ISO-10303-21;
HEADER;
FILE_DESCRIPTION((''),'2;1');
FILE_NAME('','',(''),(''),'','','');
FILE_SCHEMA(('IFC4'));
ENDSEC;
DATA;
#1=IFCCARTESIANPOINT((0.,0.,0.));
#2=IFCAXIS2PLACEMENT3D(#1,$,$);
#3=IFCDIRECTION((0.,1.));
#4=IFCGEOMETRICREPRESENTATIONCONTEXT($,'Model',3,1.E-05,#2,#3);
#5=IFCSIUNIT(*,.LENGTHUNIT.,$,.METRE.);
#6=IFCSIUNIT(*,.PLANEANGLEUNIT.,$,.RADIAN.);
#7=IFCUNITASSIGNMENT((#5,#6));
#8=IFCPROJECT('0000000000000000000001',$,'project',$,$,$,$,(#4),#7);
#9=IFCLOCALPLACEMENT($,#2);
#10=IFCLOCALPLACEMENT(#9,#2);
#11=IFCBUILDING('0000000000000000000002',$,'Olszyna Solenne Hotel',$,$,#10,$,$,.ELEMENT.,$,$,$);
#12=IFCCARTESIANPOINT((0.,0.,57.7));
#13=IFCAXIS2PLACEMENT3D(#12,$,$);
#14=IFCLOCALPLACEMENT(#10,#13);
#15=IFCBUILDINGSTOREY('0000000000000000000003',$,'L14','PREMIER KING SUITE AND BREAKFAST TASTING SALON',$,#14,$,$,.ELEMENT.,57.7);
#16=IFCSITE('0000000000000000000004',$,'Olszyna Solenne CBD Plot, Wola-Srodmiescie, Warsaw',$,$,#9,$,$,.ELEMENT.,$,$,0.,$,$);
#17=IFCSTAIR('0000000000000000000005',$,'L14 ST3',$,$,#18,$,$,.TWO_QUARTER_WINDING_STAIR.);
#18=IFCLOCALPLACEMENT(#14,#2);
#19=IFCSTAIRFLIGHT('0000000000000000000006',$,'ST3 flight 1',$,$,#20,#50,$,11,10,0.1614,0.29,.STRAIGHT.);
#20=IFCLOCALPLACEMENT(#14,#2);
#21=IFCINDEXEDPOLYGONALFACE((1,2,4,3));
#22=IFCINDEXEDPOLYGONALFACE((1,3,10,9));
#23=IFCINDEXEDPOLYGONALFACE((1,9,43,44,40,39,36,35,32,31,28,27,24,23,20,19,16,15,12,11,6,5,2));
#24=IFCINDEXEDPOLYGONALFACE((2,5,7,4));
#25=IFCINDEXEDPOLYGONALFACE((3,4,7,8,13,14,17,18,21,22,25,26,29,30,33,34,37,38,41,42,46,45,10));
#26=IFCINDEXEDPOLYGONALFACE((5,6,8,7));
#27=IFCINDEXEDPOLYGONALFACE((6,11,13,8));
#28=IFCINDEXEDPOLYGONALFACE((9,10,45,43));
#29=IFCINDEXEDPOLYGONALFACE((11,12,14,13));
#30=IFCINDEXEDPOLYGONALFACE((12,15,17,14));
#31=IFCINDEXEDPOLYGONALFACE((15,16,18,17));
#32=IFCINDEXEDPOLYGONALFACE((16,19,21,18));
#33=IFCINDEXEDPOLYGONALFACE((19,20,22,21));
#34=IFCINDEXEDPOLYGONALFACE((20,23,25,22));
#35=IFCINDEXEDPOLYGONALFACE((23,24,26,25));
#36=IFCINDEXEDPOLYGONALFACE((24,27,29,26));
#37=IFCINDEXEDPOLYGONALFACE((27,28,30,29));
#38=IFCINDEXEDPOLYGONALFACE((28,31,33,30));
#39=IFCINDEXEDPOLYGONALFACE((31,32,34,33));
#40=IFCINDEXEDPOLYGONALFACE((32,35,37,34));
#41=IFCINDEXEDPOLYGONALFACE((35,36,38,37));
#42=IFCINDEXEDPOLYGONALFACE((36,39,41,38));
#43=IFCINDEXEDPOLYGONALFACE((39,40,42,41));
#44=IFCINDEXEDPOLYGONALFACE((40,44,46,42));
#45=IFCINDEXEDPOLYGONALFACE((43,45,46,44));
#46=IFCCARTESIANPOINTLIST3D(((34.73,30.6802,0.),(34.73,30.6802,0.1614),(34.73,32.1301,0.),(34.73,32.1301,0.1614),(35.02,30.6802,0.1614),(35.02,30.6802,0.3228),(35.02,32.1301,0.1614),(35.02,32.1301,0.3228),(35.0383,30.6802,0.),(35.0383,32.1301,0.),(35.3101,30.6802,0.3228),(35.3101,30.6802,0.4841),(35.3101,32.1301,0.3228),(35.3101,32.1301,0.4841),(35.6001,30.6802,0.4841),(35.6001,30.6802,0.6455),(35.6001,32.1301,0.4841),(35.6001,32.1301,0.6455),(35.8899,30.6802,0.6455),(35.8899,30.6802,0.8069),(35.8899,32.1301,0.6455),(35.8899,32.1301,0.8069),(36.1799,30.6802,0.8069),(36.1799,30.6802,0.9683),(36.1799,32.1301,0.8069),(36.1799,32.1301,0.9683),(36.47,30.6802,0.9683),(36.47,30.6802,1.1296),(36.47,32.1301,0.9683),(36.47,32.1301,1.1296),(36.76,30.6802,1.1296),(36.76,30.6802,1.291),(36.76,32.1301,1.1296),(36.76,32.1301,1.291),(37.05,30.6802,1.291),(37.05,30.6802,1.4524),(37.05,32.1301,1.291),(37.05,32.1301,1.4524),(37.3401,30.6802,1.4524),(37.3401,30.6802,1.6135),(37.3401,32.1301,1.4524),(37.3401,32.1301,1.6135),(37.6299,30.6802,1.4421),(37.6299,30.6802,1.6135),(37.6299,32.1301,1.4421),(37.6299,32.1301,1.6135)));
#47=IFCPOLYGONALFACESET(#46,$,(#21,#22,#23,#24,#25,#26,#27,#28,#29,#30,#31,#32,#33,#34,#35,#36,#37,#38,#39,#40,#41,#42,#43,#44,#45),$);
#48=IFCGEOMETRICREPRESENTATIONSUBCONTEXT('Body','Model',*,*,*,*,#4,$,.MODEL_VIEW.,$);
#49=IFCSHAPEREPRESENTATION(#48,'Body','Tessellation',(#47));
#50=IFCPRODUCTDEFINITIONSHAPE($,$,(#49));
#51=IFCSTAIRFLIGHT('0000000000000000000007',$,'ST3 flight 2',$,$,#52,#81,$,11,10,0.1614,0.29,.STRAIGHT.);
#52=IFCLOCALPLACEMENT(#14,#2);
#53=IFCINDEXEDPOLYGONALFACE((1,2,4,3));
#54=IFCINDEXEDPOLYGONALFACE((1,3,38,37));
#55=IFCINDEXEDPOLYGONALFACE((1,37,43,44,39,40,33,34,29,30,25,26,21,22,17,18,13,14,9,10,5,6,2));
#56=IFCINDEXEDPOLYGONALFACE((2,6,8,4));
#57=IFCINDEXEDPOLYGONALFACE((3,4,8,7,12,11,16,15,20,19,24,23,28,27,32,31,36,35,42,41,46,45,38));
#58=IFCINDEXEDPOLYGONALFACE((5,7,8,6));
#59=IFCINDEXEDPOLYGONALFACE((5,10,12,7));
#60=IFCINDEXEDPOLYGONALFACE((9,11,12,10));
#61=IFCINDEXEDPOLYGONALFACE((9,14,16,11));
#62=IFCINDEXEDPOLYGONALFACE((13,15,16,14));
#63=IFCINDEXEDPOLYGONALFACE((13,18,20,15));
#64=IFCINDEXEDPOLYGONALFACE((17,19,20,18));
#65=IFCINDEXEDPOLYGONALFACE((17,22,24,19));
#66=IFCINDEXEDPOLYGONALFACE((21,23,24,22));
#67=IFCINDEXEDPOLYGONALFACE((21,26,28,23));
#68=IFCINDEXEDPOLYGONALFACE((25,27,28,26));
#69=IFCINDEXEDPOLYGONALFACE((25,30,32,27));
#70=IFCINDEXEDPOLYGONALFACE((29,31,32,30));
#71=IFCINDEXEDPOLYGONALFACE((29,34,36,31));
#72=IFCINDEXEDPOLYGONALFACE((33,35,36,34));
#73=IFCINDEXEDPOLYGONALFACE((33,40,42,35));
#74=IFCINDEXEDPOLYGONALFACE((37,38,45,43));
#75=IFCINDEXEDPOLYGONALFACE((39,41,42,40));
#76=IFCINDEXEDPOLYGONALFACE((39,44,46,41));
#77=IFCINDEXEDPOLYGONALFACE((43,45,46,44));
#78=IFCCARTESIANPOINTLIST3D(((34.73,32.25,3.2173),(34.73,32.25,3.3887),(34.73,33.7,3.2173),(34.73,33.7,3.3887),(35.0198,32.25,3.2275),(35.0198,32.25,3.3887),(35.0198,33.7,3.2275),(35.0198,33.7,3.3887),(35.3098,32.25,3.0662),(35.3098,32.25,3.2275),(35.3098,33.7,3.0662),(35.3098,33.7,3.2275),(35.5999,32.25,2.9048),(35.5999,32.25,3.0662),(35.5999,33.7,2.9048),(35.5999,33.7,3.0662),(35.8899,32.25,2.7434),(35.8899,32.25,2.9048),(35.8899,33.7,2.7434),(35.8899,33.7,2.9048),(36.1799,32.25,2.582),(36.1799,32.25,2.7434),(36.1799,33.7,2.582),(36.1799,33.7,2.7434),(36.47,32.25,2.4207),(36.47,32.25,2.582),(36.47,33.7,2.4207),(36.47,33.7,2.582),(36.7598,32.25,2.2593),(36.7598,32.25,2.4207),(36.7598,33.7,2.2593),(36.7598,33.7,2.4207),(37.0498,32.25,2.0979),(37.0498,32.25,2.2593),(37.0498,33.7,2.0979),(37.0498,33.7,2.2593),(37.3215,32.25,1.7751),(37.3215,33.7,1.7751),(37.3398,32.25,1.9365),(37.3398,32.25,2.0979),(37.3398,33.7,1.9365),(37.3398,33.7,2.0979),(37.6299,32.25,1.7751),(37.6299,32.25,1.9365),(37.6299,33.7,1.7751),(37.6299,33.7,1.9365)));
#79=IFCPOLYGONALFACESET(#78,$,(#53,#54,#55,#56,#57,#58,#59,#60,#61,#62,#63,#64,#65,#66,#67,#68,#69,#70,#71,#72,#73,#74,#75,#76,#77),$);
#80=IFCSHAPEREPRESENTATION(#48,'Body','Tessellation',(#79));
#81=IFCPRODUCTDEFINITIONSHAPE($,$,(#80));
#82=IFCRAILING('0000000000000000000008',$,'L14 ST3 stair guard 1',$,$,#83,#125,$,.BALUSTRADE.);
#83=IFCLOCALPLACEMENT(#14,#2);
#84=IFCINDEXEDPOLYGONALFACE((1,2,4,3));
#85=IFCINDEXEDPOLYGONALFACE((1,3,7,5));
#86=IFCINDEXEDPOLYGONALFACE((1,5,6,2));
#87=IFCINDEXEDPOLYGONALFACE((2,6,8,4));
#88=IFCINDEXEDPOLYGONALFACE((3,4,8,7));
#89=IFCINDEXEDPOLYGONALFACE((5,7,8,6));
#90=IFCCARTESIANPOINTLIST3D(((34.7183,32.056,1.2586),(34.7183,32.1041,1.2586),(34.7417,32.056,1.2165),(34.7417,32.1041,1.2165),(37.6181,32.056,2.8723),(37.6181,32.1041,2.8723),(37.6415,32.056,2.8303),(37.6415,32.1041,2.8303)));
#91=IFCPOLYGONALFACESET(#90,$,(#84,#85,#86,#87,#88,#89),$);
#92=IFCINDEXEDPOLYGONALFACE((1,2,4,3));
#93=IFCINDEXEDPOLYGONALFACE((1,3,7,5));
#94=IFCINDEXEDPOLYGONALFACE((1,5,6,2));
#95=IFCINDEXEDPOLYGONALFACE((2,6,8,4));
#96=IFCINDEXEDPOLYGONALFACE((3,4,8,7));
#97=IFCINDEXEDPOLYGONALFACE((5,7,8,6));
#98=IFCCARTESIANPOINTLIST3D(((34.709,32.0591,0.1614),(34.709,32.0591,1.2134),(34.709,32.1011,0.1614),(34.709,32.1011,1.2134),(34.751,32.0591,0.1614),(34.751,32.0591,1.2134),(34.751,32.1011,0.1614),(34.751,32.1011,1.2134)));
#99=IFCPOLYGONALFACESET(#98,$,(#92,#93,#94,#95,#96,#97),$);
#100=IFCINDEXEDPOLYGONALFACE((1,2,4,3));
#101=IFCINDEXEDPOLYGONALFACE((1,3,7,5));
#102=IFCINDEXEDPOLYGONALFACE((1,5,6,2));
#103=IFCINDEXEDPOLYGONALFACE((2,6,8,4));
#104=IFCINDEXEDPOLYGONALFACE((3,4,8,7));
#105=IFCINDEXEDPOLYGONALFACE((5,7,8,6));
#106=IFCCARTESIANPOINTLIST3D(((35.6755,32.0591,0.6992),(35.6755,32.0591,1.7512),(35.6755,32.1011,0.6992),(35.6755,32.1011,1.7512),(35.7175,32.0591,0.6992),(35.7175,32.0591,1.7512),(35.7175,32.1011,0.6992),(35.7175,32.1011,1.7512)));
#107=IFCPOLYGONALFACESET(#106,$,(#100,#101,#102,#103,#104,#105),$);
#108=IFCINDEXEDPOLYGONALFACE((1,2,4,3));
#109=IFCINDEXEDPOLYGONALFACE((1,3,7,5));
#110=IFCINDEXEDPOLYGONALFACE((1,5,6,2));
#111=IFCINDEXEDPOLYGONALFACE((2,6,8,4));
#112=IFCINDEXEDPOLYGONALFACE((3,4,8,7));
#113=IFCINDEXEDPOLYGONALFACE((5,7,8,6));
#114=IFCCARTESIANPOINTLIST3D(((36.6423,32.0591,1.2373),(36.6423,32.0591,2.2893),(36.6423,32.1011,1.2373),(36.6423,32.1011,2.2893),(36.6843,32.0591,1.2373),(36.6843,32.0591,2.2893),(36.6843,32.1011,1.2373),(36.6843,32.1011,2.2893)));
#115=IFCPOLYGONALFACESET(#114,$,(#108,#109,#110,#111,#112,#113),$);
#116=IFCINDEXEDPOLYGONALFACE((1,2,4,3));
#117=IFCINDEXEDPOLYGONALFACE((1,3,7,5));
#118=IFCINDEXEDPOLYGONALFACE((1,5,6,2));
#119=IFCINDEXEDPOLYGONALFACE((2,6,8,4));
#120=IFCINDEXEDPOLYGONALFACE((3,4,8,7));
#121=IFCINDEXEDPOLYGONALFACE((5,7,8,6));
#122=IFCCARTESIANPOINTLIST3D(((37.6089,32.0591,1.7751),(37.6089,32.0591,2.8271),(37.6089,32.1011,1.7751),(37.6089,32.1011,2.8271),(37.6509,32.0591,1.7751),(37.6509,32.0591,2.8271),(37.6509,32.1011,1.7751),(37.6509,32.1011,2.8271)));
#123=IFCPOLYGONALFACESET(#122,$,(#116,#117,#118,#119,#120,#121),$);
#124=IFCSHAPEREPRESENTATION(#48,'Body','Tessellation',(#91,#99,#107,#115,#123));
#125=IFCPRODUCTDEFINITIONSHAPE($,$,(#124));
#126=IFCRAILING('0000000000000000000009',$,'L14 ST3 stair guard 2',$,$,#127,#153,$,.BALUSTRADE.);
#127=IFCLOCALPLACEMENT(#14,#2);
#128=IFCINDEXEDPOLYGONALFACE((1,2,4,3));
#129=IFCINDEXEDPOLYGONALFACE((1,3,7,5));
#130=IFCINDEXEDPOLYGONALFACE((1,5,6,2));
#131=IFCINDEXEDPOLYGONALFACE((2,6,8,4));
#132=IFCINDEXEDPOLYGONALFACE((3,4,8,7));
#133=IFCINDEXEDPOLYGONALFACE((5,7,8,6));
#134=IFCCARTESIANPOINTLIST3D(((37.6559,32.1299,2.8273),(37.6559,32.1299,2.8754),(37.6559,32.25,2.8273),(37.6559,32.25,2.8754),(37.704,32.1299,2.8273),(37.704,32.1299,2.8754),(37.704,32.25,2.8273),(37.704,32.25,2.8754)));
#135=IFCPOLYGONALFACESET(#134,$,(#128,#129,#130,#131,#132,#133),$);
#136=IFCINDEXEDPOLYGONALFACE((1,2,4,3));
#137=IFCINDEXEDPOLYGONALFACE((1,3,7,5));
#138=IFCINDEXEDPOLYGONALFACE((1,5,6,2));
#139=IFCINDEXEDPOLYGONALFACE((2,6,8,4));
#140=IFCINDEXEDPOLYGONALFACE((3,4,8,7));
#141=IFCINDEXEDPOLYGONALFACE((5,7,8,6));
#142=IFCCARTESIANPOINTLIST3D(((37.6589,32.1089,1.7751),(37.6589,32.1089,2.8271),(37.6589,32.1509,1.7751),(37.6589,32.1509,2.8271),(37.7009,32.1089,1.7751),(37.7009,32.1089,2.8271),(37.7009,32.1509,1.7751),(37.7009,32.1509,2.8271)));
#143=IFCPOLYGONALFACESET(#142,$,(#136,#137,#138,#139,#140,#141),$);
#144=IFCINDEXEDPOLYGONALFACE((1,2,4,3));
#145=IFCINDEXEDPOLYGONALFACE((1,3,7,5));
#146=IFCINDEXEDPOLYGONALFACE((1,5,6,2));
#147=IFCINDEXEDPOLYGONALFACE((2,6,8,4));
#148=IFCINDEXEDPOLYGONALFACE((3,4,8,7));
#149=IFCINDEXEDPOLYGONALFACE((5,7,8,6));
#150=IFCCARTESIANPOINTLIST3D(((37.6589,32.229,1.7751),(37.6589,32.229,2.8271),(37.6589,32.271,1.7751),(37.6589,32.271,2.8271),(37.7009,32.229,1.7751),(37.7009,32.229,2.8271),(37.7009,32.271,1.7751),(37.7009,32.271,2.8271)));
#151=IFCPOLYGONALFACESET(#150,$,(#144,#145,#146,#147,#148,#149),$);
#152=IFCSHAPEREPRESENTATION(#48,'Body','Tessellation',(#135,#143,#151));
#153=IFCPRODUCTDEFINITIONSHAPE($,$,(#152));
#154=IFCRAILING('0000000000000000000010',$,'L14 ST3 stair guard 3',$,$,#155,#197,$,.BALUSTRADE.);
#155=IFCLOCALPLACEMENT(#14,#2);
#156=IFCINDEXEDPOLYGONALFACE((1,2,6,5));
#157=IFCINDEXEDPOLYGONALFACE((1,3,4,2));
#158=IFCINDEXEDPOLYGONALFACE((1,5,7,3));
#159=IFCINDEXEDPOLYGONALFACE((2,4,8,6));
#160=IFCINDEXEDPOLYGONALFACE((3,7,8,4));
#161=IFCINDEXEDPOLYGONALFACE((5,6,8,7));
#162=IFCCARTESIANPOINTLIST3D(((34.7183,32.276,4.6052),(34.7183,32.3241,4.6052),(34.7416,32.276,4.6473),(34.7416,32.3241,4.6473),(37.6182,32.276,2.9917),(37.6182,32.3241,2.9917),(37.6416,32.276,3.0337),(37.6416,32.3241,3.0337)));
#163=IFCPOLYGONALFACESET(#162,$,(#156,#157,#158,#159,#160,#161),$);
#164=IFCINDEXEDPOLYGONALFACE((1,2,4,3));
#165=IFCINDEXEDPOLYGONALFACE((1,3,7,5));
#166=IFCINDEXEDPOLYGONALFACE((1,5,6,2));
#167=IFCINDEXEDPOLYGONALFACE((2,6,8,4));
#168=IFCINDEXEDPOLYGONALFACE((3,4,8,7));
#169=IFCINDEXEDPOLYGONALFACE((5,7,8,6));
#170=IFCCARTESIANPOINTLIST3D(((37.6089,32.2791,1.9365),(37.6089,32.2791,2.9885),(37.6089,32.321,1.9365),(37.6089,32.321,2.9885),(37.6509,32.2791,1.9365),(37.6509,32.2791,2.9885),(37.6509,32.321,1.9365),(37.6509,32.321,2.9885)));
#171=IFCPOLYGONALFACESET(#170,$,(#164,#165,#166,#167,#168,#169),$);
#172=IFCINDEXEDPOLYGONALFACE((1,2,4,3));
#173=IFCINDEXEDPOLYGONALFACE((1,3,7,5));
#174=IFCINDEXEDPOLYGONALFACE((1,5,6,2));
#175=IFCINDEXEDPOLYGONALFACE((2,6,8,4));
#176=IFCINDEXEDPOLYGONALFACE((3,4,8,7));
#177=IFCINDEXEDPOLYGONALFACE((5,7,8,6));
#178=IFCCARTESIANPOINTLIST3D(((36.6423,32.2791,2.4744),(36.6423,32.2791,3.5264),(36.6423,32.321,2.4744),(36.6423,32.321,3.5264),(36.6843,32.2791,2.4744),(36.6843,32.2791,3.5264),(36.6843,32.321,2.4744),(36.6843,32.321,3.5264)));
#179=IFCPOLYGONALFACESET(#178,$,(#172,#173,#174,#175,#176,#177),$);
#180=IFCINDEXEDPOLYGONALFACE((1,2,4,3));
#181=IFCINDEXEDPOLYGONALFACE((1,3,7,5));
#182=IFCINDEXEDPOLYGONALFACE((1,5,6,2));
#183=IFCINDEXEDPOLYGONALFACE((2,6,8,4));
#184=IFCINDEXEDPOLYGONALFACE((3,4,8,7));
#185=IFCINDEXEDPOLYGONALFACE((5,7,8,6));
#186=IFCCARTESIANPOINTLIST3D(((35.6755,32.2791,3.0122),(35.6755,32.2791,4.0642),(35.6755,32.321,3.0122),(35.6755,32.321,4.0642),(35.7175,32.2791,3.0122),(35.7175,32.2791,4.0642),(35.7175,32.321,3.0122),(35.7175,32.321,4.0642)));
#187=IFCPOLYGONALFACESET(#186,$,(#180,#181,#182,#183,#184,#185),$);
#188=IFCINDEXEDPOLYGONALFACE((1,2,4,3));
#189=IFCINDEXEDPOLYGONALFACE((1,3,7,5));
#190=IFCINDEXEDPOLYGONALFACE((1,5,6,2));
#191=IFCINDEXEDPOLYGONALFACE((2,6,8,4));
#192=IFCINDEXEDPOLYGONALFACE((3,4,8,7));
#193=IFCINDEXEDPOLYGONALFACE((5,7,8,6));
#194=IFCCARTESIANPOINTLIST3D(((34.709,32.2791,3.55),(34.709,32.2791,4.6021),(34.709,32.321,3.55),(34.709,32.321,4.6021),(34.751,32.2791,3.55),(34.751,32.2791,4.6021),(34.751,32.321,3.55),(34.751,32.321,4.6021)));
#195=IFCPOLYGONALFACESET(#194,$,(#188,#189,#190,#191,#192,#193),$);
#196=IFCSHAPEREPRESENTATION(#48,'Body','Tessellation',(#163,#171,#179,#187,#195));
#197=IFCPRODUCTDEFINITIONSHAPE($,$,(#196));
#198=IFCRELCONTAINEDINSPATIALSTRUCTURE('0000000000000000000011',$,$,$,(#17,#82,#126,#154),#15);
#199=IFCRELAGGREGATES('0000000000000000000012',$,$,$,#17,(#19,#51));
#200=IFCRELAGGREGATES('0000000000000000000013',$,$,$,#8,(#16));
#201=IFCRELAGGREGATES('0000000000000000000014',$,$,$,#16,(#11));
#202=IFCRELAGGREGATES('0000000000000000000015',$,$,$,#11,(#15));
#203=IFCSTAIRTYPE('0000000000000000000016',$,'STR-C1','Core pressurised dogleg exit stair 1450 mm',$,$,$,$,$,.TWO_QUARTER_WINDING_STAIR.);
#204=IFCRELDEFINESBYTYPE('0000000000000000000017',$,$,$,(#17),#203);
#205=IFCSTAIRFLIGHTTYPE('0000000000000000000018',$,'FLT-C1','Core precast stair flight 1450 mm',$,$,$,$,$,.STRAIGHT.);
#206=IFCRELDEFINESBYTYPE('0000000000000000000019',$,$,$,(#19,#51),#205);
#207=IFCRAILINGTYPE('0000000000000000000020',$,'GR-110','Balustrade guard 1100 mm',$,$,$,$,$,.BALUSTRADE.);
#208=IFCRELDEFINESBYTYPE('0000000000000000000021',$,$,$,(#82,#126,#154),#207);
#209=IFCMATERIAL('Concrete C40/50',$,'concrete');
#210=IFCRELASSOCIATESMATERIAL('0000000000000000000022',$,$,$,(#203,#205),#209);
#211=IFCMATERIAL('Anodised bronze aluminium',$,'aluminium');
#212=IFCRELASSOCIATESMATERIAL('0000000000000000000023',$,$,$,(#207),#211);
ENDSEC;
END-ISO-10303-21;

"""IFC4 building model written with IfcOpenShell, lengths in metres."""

from ifc_helpers import new_model, si_unit, direction, frame, origin, origin_2d, place, context, subcontext, project, spatial, polyline, rectangle, outline, extrude, material, type_object, element, aggregate, save


model = new_model("IFC4")

# Units and contexts
model_context = context("Model", 3, precision=1e-05, world=origin(), true_north=direction((0.0, 1.0)))
body_context = subcontext(model_context, "Body", "Model", "MODEL_VIEW")
ifc_project = project(units=[si_unit("LENGTHUNIT", "METRE"), si_unit("PLANEANGLEUNIT", "RADIAN")], contexts=[model_context])

# Site, building, storey
site_placement = place(None, origin())
site = spatial("IfcSite", under=ifc_project, at=site_placement, Name="Olszyna Solenne CBD Plot, Wola-Srodmiescie, Warsaw", CompositionType="ELEMENT", RefElevation=0.0)
building_placement = place(site_placement, origin())
building = spatial("IfcBuilding", under=site, at=building_placement, Name="Olszyna Solenne Hotel", CompositionType="ELEMENT")
storey_placement = place(building_placement, frame((0.0, 0.0, 57.7)))
storey = spatial("IfcBuildingStorey", under=building, at=storey_placement, Name="L14", Description="PREMIER KING SUITE AND BREAKFAST TASTING SALON", CompositionType="ELEMENT", Elevation=57.7)

# Shared definitions
ifc_material_1 = material(Name="Anodised bronze aluminium", Category="aluminium")

# Stair, stair flights
ifc_material_2 = material(Name="Concrete C40/50", Category="concrete")
stair_type = type_object("IfcStairType", Name="STR-C1", Description="Core pressurised dogleg exit stair 1450 mm", PredefinedType="TWO_QUARTER_WINDING_STAIR", material=ifc_material_2)
stair_placement = place(storey_placement, origin())
stair = element("IfcStair", 1, at=stair_placement, inside=storey, type_object=stair_type, Name="L14 ST3", PredefinedType="TWO_QUARTER_WINDING_STAIR")
stair_flight_type = type_object("IfcStairFlightType", Name="FLT-C1", Description="Core precast stair flight 1450 mm", PredefinedType="STRAIGHT", material=ifc_material_2)
stair_flight_1_placement = place(storey_placement, frame((34.73, 31.405, 0.0), z_axis=(0.0, 0.0, 1.0), x_axis=(1.0, 0.0, 0.0)))
stair_flight_1 = element("IfcStairFlight", 2, at=stair_flight_1_placement, type_object=stair_flight_type, Name="ST3 flight 1", NumberOfRisers=11, NumberOfTreads=10, PredefinedType="STRAIGHT", RiserHeight=0.1614, TreadLength=0.29, context=body_context, shape_type="SweptSolid", body=[
    extrude(outline(polyline([(0.0, 0.0), (0.0, 0.1614), (0.29, 0.1614), (0.29, 0.3228), (0.5801, 0.3228), (0.5801, 0.4841), (0.8701, 0.4841), (0.8701, 0.6455), (1.1599, 0.6455), (1.1599, 0.8069), (1.45, 0.8069), (1.45, 0.9683), (1.74, 0.9683), (1.74, 1.1296), (2.03, 1.1296), (2.03, 1.291), (2.3201, 1.291), (2.3201, 1.4524), (2.6101, 1.4524), (2.6101, 1.6135), (2.8999, 1.6135), (2.8999, 1.7749), (2.8999, 1.4421), (0.3083, 0.0), (0.0, 0.0)])), frame((0.0, 0.7251, 0.0), z_axis=(0.0, -1.0, 0.0), x_axis=(1.0, 0.0, 0.0)), (0.0, 0.0, 1.0), 1.45),
])
stair_flight_2_placement = place(storey_placement, frame((37.6299, 32.9751, 1.7751), z_axis=(0.0, 0.0, 1.0), x_axis=(-1.0, 0.0, 0.0)))
stair_flight_2 = element("IfcStairFlight", 3, at=stair_flight_2_placement, type_object=stair_flight_type, Name="ST3 flight 2", NumberOfRisers=11, NumberOfTreads=10, PredefinedType="STRAIGHT", RiserHeight=0.1614, TreadLength=0.29, context=body_context, shape_type="SweptSolid", body=[
    extrude(outline(polyline([(0.0, 0.0), (0.0, 0.1614), (0.29, 0.1614), (0.29, 0.3228), (0.5801, 0.3228), (0.5801, 0.4841), (0.8701, 0.4841), (0.8701, 0.6455), (1.1599, 0.6455), (1.1599, 0.8069), (1.45, 0.8069), (1.45, 0.9683), (1.74, 0.9683), (1.74, 1.1296), (2.03, 1.1296), (2.03, 1.291), (2.3201, 1.291), (2.3201, 1.4524), (2.6101, 1.4524), (2.6101, 1.6135), (2.8999, 1.6135), (2.8999, 1.7749), (2.8999, 1.4421), (0.3083, 0.0), (0.0, 0.0)])), frame((0.0, 0.7251, 0.0), z_axis=(0.0, -1.0, 0.0), x_axis=(1.0, 0.0, 0.0)), (0.0, 0.0, 1.0), 1.45),
])
aggregate(stair, [stair_flight_1, stair_flight_2])

# Railings
railing_type_1 = type_object("IfcRailingType", Name="GR-110", Description="Balustrade guard 1100 mm", PredefinedType="BALUSTRADE", material=ifc_material_1)
railing_1_placement = place(storey_placement, frame((34.73, 32.0801, 0.1614)))
element("IfcRailing", 4, at=railing_1_placement, inside=storey, type_object=railing_type_1, Name="L14 ST3 stair guard 1", PredefinedType="BALUSTRADE", context=body_context, shape_type="SweptSolid", body=[
    extrude(rectangle(XDim=0.0481, YDim=0.0481, at=origin_2d()), frame((0.0, 0.0, 1.0762), z_axis=(0.87381, 0.0, 0.486267), x_axis=(0.0, 1.0, 0.0)), (0.0, 0.0, 1.0), 3.3186),
    extrude(rectangle(XDim=0.042, YDim=0.042, at=origin_2d()), origin(), (0.0, 0.0, 1.0), 1.052),
    extrude(rectangle(XDim=0.042, YDim=0.042, at=origin_2d()), frame((0.9666, 0.0, 0.5378)), (0.0, 0.0, 1.0), 1.052),
    extrude(rectangle(XDim=0.042, YDim=0.042, at=origin_2d()), frame((1.9333, 0.0, 1.0759)), (0.0, 0.0, 1.0), 1.052),
    extrude(rectangle(XDim=0.042, YDim=0.042, at=origin_2d()), frame((2.8999, 0.0, 1.6138)), (0.0, 0.0, 1.0), 1.052),
])
railing_2_placement = place(storey_placement, frame((37.6799, 32.1299, 1.7751)))
element("IfcRailing", 5, at=railing_2_placement, inside=storey, type_object=railing_type_1, Name="L14 ST3 stair guard 2", PredefinedType="BALUSTRADE", context=body_context, shape_type="SweptSolid", body=[
    extrude(rectangle(XDim=0.0481, YDim=0.0481, at=origin_2d()), frame((0.0, 0.0, 1.0762), z_axis=(0.0, 1.0, 0.0), x_axis=(-1.0, 0.0, 0.0)), (0.0, 0.0, 1.0), 0.1201),
    extrude(rectangle(XDim=0.042, YDim=0.042, at=origin_2d()), origin(), (0.0, 0.0, 1.0), 1.052),
    extrude(rectangle(XDim=0.042, YDim=0.042, at=origin_2d()), frame((0.0, 0.1201, 0.0)), (0.0, 0.0, 1.0), 1.052),
])
railing_3_placement = place(storey_placement, frame((37.6299, 32.3, 1.9365)))
element("IfcRailing", 6, at=railing_3_placement, inside=storey, type_object=railing_type_1, Name="L14 ST3 stair guard 3", PredefinedType="BALUSTRADE", context=body_context, shape_type="SweptSolid", body=[
    extrude(rectangle(XDim=0.0481, YDim=0.0481, at=origin_2d()), frame((0.0, 0.0, 1.0762), z_axis=(-0.873841, 0.0, 0.486211), x_axis=(0.0, -1.0, 0.0)), (0.0, 0.0, 1.0), 3.3186),
    extrude(rectangle(XDim=0.042, YDim=0.042, at=origin_2d()), origin(), (0.0, 0.0, 1.0), 1.052),
    extrude(rectangle(XDim=0.042, YDim=0.042, at=origin_2d()), frame((-0.9666, 0.0, 0.5378)), (0.0, 0.0, 1.0), 1.052),
    extrude(rectangle(XDim=0.042, YDim=0.042, at=origin_2d()), frame((-1.9333, 0.0, 1.0757)), (0.0, 0.0, 1.0), 1.052),
    extrude(rectangle(XDim=0.042, YDim=0.042, at=origin_2d()), frame((-2.8999, 0.0, 1.6135)), (0.0, 0.0, 1.0), 1.052),
])

save(model, "model.ifc")
